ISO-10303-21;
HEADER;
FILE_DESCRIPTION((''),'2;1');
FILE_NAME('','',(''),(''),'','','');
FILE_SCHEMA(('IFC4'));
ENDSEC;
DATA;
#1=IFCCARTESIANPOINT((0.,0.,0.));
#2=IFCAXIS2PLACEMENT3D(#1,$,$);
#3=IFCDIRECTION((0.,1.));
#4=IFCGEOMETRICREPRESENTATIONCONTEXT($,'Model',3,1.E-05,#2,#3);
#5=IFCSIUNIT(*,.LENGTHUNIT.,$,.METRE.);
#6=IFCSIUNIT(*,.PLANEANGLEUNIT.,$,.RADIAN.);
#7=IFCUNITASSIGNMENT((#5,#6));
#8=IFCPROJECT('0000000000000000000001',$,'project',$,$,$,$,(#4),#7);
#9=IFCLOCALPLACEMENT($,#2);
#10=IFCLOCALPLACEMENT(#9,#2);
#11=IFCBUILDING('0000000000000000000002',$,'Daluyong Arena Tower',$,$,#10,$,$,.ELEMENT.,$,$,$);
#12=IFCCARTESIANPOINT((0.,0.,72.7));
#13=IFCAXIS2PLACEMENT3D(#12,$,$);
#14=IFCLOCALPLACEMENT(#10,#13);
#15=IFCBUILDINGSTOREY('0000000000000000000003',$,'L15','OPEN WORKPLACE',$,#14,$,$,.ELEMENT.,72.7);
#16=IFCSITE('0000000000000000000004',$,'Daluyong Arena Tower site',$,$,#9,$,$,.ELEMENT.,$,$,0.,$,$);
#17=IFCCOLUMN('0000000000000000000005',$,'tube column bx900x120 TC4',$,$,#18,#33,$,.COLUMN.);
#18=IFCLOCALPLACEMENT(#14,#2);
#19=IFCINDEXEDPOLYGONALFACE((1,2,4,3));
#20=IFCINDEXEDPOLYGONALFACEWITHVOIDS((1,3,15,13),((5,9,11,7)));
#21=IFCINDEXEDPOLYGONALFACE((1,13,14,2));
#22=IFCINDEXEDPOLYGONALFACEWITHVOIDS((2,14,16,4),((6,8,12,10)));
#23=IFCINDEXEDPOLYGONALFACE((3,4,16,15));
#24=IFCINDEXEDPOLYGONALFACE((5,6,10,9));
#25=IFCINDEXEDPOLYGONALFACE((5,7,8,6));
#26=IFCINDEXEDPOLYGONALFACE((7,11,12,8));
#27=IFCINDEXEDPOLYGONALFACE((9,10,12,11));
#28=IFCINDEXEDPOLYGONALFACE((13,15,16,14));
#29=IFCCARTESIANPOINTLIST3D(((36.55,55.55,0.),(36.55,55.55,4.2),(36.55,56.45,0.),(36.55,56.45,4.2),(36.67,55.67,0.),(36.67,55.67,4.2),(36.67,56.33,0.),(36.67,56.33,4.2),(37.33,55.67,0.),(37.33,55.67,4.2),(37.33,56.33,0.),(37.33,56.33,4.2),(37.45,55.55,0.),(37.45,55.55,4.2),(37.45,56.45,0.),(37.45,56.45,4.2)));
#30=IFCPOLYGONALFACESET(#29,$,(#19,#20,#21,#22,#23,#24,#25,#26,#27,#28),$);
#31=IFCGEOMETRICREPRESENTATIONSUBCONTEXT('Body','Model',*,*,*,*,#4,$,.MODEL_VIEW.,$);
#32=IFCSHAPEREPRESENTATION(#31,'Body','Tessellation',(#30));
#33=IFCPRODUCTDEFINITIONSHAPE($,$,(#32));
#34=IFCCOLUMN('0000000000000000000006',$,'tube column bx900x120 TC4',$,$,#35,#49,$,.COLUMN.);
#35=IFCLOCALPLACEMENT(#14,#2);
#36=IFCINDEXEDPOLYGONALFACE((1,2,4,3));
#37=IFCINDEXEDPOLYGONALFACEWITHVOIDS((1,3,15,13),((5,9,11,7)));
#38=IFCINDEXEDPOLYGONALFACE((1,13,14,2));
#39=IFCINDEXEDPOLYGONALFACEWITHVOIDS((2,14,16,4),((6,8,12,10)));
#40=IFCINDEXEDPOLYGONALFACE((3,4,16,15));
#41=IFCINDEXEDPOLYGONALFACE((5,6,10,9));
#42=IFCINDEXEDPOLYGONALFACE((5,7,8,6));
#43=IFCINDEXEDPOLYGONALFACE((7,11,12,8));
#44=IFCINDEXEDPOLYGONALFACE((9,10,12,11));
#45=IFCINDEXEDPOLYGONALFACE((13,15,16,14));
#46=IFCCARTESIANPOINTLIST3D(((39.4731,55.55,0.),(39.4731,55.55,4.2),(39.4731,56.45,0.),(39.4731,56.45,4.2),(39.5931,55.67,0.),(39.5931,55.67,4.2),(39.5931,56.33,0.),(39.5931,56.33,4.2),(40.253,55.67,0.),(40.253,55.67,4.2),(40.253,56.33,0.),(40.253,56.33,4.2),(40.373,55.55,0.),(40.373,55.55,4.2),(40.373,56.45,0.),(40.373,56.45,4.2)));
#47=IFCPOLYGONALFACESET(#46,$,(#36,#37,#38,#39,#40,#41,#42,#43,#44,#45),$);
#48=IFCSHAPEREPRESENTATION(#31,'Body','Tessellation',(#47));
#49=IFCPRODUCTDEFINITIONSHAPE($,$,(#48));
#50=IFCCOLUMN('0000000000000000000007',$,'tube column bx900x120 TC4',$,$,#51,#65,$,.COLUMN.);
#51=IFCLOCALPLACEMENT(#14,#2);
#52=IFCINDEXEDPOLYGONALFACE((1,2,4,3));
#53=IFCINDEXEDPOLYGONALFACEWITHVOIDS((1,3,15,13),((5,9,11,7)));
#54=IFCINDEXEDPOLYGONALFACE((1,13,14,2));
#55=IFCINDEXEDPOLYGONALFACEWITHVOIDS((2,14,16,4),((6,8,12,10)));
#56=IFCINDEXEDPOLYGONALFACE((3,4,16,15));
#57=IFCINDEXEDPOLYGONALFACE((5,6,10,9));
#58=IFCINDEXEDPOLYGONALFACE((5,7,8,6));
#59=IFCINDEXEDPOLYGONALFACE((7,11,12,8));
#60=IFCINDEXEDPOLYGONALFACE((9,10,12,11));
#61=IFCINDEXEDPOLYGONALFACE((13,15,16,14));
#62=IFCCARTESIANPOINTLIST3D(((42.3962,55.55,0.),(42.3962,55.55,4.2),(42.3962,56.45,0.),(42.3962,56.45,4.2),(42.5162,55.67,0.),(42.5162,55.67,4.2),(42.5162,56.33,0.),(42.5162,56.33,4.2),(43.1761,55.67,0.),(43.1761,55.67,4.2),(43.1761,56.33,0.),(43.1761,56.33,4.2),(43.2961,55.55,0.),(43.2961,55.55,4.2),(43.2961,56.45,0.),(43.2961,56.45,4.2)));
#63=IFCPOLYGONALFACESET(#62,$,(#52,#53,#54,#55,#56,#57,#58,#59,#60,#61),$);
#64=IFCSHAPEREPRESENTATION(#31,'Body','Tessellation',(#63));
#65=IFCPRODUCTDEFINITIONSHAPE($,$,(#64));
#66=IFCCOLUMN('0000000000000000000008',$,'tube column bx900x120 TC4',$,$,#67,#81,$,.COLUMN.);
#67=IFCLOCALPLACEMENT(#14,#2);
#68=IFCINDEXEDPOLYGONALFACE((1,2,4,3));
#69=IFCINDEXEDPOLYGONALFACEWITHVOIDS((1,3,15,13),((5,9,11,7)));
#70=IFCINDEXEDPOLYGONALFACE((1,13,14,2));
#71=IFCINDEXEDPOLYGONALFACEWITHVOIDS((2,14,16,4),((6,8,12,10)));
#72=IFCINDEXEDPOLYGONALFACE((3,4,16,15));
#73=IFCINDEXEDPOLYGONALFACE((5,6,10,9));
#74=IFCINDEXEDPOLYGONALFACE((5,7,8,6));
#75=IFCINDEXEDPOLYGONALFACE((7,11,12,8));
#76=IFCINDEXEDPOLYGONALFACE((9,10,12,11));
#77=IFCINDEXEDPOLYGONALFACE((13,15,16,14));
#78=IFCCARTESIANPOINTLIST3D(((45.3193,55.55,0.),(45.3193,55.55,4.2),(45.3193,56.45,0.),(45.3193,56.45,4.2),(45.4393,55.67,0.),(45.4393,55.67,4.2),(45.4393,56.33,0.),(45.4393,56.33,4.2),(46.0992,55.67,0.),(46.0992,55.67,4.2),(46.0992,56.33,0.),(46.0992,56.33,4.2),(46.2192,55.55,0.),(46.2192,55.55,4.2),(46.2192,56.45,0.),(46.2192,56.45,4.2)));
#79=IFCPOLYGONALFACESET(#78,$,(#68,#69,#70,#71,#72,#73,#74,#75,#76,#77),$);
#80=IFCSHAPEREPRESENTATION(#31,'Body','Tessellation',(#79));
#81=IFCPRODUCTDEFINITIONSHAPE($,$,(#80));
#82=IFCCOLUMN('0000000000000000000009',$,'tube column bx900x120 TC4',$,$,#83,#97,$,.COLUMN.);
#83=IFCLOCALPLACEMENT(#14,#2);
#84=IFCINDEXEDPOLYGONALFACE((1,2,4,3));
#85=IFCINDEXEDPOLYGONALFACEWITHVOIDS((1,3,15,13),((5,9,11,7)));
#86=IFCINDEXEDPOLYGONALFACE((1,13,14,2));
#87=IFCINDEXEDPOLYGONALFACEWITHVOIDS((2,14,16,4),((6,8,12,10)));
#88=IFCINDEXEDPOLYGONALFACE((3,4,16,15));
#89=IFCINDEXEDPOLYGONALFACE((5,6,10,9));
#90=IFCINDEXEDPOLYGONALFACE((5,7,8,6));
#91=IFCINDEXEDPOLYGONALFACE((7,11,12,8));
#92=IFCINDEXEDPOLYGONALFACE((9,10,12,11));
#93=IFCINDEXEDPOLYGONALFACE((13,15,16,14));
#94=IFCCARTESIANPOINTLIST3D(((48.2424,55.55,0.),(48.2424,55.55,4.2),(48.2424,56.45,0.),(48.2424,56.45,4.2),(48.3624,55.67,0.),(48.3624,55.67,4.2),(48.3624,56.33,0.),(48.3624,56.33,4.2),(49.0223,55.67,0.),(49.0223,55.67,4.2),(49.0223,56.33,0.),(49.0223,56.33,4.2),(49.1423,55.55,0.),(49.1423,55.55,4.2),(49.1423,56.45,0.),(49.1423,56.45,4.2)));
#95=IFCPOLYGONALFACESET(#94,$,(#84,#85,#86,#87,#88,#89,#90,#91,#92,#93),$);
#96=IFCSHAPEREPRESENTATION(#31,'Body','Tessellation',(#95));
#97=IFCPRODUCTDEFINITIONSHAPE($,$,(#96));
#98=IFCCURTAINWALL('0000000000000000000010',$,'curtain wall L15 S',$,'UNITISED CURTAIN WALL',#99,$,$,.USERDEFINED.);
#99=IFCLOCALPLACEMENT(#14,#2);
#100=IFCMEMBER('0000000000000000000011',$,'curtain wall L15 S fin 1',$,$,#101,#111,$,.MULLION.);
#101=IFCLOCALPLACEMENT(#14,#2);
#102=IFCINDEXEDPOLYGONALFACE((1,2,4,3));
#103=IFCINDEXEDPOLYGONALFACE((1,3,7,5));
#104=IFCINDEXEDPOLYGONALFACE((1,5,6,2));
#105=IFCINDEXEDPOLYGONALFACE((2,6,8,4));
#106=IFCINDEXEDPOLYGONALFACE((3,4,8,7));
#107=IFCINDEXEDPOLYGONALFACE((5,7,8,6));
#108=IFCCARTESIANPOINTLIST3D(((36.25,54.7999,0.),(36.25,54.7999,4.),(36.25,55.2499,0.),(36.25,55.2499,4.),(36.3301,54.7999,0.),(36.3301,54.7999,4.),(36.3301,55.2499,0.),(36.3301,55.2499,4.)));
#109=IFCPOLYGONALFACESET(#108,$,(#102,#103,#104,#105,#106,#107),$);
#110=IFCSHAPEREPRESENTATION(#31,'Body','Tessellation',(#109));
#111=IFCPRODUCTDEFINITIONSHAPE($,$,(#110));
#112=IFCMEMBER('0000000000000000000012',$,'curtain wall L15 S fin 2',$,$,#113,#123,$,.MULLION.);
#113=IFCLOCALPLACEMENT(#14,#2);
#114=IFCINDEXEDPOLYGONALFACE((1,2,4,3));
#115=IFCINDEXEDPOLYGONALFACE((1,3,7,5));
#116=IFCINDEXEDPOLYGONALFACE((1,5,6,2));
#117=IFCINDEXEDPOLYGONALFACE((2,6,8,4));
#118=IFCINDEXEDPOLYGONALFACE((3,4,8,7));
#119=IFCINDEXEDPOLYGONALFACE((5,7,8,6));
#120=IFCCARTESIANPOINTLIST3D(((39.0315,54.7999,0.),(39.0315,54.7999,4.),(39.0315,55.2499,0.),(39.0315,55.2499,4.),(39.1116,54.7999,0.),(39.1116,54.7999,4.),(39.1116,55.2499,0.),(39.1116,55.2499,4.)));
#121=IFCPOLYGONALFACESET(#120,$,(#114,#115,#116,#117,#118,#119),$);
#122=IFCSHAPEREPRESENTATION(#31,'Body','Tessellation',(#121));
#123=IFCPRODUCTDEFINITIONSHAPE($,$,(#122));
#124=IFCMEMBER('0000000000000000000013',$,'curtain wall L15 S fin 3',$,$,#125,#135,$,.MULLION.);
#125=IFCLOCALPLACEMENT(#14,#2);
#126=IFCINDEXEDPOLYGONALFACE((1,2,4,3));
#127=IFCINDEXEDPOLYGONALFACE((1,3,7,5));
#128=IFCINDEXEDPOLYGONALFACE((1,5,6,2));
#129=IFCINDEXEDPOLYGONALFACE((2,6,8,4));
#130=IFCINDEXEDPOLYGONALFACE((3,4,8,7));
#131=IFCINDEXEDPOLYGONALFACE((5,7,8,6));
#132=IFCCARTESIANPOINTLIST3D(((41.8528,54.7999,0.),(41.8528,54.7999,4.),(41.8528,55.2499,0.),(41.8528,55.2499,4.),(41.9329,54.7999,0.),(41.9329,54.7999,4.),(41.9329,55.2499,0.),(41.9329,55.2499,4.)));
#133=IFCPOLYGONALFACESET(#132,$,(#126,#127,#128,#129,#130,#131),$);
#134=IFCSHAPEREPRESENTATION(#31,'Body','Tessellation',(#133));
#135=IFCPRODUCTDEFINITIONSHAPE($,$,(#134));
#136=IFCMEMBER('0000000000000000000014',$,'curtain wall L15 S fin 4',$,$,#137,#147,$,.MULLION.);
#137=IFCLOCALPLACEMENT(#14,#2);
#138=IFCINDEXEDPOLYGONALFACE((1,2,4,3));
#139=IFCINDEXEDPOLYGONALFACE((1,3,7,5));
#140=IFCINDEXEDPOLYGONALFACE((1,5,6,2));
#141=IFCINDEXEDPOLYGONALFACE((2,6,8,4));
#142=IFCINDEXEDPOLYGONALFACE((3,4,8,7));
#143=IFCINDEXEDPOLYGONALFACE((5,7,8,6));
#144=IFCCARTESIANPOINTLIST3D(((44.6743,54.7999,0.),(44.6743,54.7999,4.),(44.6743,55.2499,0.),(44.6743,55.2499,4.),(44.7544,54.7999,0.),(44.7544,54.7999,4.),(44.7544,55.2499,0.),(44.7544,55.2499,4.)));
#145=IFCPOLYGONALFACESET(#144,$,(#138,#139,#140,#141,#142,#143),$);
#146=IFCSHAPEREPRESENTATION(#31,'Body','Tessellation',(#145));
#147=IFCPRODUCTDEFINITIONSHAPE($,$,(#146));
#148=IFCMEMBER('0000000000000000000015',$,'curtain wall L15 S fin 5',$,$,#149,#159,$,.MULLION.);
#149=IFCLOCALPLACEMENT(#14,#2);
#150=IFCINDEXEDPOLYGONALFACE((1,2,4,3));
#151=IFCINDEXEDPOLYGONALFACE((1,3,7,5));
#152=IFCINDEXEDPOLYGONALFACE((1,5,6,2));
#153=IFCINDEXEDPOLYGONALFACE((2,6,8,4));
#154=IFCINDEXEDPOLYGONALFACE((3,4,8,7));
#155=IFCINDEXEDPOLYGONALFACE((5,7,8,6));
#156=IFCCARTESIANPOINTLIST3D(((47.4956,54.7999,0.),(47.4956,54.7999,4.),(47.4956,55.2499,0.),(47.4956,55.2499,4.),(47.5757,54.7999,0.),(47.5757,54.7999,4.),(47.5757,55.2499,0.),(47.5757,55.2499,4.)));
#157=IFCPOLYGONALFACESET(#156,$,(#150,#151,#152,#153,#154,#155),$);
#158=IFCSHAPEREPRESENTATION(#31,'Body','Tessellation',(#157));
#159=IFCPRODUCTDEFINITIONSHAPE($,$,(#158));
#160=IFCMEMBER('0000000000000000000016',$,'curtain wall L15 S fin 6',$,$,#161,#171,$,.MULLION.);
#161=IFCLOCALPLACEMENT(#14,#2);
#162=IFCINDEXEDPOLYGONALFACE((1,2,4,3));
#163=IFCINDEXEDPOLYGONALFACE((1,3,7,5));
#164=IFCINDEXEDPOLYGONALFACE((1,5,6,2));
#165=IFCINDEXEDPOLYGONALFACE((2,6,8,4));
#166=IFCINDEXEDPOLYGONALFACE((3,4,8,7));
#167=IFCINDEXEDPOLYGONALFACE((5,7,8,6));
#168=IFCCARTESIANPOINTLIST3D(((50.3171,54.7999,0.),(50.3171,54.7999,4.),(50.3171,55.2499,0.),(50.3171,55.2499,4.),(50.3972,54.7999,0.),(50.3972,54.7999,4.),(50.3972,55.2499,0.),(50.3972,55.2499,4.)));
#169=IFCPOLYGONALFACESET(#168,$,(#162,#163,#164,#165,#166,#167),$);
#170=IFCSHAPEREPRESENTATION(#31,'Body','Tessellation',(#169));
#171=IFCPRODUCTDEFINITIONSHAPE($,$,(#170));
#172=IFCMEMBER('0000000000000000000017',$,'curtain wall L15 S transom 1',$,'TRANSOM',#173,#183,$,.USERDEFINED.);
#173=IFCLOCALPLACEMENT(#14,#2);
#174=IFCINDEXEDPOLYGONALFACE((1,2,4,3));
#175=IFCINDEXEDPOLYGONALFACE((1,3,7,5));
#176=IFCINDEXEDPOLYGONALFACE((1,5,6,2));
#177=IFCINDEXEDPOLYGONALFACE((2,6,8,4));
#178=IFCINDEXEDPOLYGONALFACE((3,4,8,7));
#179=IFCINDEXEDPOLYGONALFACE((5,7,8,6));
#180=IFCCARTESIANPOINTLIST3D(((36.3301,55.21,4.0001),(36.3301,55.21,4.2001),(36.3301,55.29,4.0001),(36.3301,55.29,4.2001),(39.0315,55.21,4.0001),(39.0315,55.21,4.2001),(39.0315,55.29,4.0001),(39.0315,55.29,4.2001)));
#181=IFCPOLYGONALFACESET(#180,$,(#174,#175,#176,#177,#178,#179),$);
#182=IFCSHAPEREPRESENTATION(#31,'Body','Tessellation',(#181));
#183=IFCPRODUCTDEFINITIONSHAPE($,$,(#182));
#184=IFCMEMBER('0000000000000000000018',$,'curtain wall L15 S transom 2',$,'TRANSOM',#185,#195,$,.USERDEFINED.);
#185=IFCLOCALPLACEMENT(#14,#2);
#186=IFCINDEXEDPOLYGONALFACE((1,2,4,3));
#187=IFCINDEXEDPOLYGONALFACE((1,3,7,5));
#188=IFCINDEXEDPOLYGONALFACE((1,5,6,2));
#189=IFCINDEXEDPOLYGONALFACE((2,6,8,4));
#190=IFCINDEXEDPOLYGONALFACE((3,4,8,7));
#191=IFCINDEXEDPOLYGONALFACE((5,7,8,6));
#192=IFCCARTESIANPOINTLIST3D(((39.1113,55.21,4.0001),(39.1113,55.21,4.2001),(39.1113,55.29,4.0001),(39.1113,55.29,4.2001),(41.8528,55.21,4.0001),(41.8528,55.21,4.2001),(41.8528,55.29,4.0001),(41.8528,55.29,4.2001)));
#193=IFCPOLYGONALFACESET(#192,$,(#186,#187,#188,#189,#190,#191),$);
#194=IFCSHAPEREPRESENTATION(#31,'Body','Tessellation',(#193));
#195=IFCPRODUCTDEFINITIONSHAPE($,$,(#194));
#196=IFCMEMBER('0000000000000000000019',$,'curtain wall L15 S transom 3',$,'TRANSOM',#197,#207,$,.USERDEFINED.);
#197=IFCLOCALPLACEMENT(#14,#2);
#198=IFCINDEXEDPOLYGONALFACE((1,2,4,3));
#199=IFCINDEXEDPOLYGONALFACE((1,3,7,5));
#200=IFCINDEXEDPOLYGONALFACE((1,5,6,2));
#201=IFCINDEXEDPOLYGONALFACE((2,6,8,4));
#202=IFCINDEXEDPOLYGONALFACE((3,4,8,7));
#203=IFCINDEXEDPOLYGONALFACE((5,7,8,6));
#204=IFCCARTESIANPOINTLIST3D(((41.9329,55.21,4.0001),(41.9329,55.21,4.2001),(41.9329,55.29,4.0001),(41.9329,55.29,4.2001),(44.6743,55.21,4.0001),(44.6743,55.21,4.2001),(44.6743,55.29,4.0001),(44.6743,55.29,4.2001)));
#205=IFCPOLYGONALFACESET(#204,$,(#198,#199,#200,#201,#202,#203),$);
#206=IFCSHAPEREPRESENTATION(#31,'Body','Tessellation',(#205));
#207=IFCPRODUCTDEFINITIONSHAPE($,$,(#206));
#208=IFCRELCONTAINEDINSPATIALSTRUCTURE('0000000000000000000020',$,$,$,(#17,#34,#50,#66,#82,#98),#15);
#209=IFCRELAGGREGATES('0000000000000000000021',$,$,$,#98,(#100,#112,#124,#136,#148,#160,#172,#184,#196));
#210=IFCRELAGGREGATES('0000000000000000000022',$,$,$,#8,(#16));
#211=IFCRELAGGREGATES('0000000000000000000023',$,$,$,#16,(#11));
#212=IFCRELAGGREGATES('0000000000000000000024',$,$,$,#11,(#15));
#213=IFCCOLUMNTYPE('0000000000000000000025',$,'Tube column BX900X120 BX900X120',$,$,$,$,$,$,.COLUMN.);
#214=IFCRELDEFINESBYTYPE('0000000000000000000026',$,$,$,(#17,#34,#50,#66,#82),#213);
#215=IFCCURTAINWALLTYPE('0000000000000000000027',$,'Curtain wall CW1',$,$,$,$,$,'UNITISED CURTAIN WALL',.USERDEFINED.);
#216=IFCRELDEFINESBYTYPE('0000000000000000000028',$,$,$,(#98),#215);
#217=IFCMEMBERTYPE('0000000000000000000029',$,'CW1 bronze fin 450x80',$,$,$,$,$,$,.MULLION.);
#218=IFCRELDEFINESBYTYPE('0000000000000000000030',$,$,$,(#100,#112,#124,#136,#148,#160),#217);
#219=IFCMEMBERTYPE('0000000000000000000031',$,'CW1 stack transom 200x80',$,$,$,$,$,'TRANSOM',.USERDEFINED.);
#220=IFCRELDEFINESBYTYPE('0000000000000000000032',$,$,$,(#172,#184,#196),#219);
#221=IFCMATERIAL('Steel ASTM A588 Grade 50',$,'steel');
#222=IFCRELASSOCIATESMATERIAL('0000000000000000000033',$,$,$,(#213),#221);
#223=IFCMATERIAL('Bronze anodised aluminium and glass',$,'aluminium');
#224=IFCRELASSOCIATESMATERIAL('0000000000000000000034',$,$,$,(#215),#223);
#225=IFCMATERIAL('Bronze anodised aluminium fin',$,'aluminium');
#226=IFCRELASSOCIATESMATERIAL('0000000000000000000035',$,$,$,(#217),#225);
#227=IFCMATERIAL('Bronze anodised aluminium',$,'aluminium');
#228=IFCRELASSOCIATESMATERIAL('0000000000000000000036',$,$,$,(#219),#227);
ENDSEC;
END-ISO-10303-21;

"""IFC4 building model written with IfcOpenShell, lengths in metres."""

from ifc_helpers import new_model, si_unit, direction, frame, origin, origin_2d, place, context, subcontext, project, spatial, rectangle, hollow_rectangle, extrude, material, material_profile, profile_set, type_object, element, aggregate, save


model = new_model("IFC4")

# Units and contexts
model_context = context("Model", 3, precision=1e-05, world=origin(), true_north=direction((0.0, 1.0)))
body_context = subcontext(model_context, "Body", "Model", "MODEL_VIEW")
ifc_project = project(units=[si_unit("LENGTHUNIT", "METRE"), si_unit("PLANEANGLEUNIT", "RADIAN")], contexts=[model_context])

# Site, building, storey
site_placement = place(None, origin())
site = spatial("IfcSite", under=ifc_project, at=site_placement, Name="Daluyong Arena Tower site", CompositionType="ELEMENT", RefElevation=0.0)
building_placement = place(site_placement, origin())
building = spatial("IfcBuilding", under=site, at=building_placement, Name="Daluyong Arena Tower", CompositionType="ELEMENT")
storey_placement = place(building_placement, frame((0.0, 0.0, 72.7)))
storey = spatial("IfcBuildingStorey", under=building, at=storey_placement, Name="L15", Description="OPEN WORKPLACE", CompositionType="ELEMENT", Elevation=72.7)

# Columns
ifc_material_1 = material(Name="Steel ASTM A588 Grade 50", Category="steel")
ifc_material_profile_1 = material_profile(ifc_material_1, hollow_rectangle(XDim=0.8999, YDim=0.8999, WallThickness=0.12, at=origin_2d()))
ifc_profile_set_1 = profile_set([ifc_material_profile_1], Name="Steel ASTM A588 Grade 50")
column_type = type_object("IfcColumnType", Name="Tube column BX900X120 BX900X120", PredefinedType="COLUMN", material=ifc_profile_set_1)
for number, where, z_axis, x_axis, name in (
    (1, (37.0, 56.0, 0.0), (0.0, 0.0, 1.0), (1.0, 0.0, 0.0), "tube column bx900x120 TC4"),
    (2, (39.9231, 56.0, 0.0), (0.0, 0.0, 1.0), (1.0, 0.0, 0.0), "tube column bx900x120 TC4"),
    (3, (42.8462, 56.0, 0.0), (0.0, 0.0, 1.0), (1.0, 0.0, 0.0), "tube column bx900x120 TC4"),
    (4, (45.7693, 56.0, 0.0), (0.0, 0.0, 1.0), (1.0, 0.0, 0.0), "tube column bx900x120 TC4"),
    (5, (48.6924, 56.0, 0.0), (0.0, 0.0, 1.0), (1.0, 0.0, 0.0), "tube column bx900x120 TC4"),
):
    element("IfcColumn", number, at=place(storey_placement, frame(where, z_axis=z_axis, x_axis=x_axis)), inside=storey, type_object=column_type, Name=name, PredefinedType="COLUMN", context=body_context, shape_type="SweptSolid", body=[
        extrude(hollow_rectangle(XDim=0.8999, YDim=0.8999, WallThickness=0.12, at=origin_2d()), origin(), (0.0, 0.0, 1.0), 4.2),
    ])

# Curtain wall, members
ifc_material_2 = material(Name="Bronze anodised aluminium and glass", Category="aluminium")
curtain_wall_type_1 = type_object("IfcCurtainWallType", Name="Curtain wall CW1", ElementType="UNITISED CURTAIN WALL", PredefinedType="USERDEFINED", material=ifc_material_2)
curtain_wall_1_placement = place(storey_placement, origin())
curtain_wall_1 = element("IfcCurtainWall", 6, at=curtain_wall_1_placement, inside=storey, type_object=curtain_wall_type_1, Name="curtain wall L15 S", ObjectType="UNITISED CURTAIN WALL", PredefinedType="USERDEFINED")
ifc_material_3 = material(Name="Bronze anodised aluminium fin", Category="aluminium")
ifc_material_profile_2 = material_profile(ifc_material_3, rectangle(XDim=0.45, YDim=0.0801, at=origin_2d()))
ifc_profile_set_2 = profile_set([ifc_material_profile_2], Name="Bronze anodised aluminium fin")
member_type_1 = type_object("IfcMemberType", Name="CW1 bronze fin 450x80", PredefinedType="MULLION", material=ifc_profile_set_2)
member_1_placement = place(storey_placement, frame((36.29, 55.0249, 0.0), z_axis=(0.0, 0.0, 1.0), x_axis=(0.0, 1.0, 0.0)))
member_1 = element("IfcMember", 7, at=member_1_placement, type_object=member_type_1, Name="curtain wall L15 S fin 1", PredefinedType="MULLION", context=body_context, shape_type="SweptSolid", body=[
    extrude(rectangle(XDim=0.45, YDim=0.0801, at=origin_2d()), origin(), (0.0, 0.0, 1.0), 4.0),
])
member_2_placement = place(storey_placement, frame((39.0715, 55.0249, 0.0), z_axis=(0.0, 0.0, 1.0), x_axis=(0.0, 1.0, 0.0)))
member_2 = element("IfcMember", 8, at=member_2_placement, type_object=member_type_1, Name="curtain wall L15 S fin 2", PredefinedType="MULLION", context=body_context, shape_type="SweptSolid", body=[
    extrude(rectangle(XDim=0.45, YDim=0.0801, at=origin_2d()), origin(), (0.0, 0.0, 1.0), 4.0),
])
member_3_placement = place(storey_placement, frame((41.8928, 55.0249, 0.0), z_axis=(0.0, 0.0, 1.0), x_axis=(0.0, 1.0, 0.0)))
member_3 = element("IfcMember", 9, at=member_3_placement, type_object=member_type_1, Name="curtain wall L15 S fin 3", PredefinedType="MULLION", context=body_context, shape_type="SweptSolid", body=[
    extrude(rectangle(XDim=0.45, YDim=0.0801, at=origin_2d()), origin(), (0.0, 0.0, 1.0), 4.0),
])
member_4_placement = place(storey_placement, frame((44.7144, 55.0249, 0.0), z_axis=(0.0, 0.0, 1.0), x_axis=(0.0, 1.0, 0.0)))
member_4 = element("IfcMember", 10, at=member_4_placement, type_object=member_type_1, Name="curtain wall L15 S fin 4", PredefinedType="MULLION", context=body_context, shape_type="SweptSolid", body=[
    extrude(rectangle(XDim=0.45, YDim=0.0801, at=origin_2d()), origin(), (0.0, 0.0, 1.0), 4.0),
])
member_5_placement = place(storey_placement, frame((47.5356, 55.0249, 0.0), z_axis=(0.0, 0.0, 1.0), x_axis=(0.0, 1.0, 0.0)))
member_5 = element("IfcMember", 11, at=member_5_placement, type_object=member_type_1, Name="curtain wall L15 S fin 5", PredefinedType="MULLION", context=body_context, shape_type="SweptSolid", body=[
    extrude(rectangle(XDim=0.45, YDim=0.0801, at=origin_2d()), origin(), (0.0, 0.0, 1.0), 4.0),
])
member_6_placement = place(storey_placement, frame((50.3572, 55.0249, 0.0), z_axis=(0.0, 0.0, 1.0), x_axis=(0.0, 1.0, 0.0)))
member_6 = element("IfcMember", 12, at=member_6_placement, type_object=member_type_1, Name="curtain wall L15 S fin 6", PredefinedType="MULLION", context=body_context, shape_type="SweptSolid", body=[
    extrude(rectangle(XDim=0.45, YDim=0.0801, at=origin_2d()), origin(), (0.0, 0.0, 1.0), 4.0),
])
ifc_material_4 = material(Name="Bronze anodised aluminium", Category="aluminium")
ifc_material_profile_3 = material_profile(ifc_material_4, rectangle(XDim=0.0801, YDim=0.2, at=origin_2d()))
ifc_profile_set_3 = profile_set([ifc_material_profile_3], Name="Bronze anodised aluminium")
member_type_2 = type_object("IfcMemberType", Name="CW1 stack transom 200x80", ElementType="TRANSOM", PredefinedType="USERDEFINED", material=ifc_profile_set_3)
member_7_placement = place(storey_placement, frame((36.3301, 55.25, 4.1001), z_axis=(1.0, 0.0, 0.0), x_axis=(0.0, 1.0, 0.0)))
member_7 = element("IfcMember", 13, at=member_7_placement, type_object=member_type_2, Name="curtain wall L15 S transom 1", ObjectType="TRANSOM", PredefinedType="USERDEFINED", context=body_context, shape_type="SweptSolid", body=[
    extrude(rectangle(XDim=0.0801, YDim=0.2, at=origin_2d()), origin(), (0.0, 0.0, 1.0), 2.7014),
])
member_8_placement = place(storey_placement, frame((39.1113, 55.25, 4.1001), z_axis=(1.0, 0.0, 0.0), x_axis=(0.0, 1.0, 0.0)))
member_8 = element("IfcMember", 14, at=member_8_placement, type_object=member_type_2, Name="curtain wall L15 S transom 2", ObjectType="TRANSOM", PredefinedType="USERDEFINED", context=body_context, shape_type="SweptSolid", body=[
    extrude(rectangle(XDim=0.0801, YDim=0.2, at=origin_2d()), origin(), (0.0, 0.0, 1.0), 2.7415),
])
member_9_placement = place(storey_placement, frame((41.9329, 55.25, 4.1001), z_axis=(1.0, 0.0, 0.0), x_axis=(0.0, 1.0, 0.0)))
member_9 = element("IfcMember", 15, at=member_9_placement, type_object=member_type_2, Name="curtain wall L15 S transom 3", ObjectType="TRANSOM", PredefinedType="USERDEFINED", context=body_context, shape_type="SweptSolid", body=[
    extrude(rectangle(XDim=0.0801, YDim=0.2, at=origin_2d()), origin(), (0.0, 0.0, 1.0), 2.7415),
])

aggregate(curtain_wall_1, [member_1, member_2, member_3, member_4, member_5, member_6, member_7, member_8, member_9])

save(model, "model.ifc")
